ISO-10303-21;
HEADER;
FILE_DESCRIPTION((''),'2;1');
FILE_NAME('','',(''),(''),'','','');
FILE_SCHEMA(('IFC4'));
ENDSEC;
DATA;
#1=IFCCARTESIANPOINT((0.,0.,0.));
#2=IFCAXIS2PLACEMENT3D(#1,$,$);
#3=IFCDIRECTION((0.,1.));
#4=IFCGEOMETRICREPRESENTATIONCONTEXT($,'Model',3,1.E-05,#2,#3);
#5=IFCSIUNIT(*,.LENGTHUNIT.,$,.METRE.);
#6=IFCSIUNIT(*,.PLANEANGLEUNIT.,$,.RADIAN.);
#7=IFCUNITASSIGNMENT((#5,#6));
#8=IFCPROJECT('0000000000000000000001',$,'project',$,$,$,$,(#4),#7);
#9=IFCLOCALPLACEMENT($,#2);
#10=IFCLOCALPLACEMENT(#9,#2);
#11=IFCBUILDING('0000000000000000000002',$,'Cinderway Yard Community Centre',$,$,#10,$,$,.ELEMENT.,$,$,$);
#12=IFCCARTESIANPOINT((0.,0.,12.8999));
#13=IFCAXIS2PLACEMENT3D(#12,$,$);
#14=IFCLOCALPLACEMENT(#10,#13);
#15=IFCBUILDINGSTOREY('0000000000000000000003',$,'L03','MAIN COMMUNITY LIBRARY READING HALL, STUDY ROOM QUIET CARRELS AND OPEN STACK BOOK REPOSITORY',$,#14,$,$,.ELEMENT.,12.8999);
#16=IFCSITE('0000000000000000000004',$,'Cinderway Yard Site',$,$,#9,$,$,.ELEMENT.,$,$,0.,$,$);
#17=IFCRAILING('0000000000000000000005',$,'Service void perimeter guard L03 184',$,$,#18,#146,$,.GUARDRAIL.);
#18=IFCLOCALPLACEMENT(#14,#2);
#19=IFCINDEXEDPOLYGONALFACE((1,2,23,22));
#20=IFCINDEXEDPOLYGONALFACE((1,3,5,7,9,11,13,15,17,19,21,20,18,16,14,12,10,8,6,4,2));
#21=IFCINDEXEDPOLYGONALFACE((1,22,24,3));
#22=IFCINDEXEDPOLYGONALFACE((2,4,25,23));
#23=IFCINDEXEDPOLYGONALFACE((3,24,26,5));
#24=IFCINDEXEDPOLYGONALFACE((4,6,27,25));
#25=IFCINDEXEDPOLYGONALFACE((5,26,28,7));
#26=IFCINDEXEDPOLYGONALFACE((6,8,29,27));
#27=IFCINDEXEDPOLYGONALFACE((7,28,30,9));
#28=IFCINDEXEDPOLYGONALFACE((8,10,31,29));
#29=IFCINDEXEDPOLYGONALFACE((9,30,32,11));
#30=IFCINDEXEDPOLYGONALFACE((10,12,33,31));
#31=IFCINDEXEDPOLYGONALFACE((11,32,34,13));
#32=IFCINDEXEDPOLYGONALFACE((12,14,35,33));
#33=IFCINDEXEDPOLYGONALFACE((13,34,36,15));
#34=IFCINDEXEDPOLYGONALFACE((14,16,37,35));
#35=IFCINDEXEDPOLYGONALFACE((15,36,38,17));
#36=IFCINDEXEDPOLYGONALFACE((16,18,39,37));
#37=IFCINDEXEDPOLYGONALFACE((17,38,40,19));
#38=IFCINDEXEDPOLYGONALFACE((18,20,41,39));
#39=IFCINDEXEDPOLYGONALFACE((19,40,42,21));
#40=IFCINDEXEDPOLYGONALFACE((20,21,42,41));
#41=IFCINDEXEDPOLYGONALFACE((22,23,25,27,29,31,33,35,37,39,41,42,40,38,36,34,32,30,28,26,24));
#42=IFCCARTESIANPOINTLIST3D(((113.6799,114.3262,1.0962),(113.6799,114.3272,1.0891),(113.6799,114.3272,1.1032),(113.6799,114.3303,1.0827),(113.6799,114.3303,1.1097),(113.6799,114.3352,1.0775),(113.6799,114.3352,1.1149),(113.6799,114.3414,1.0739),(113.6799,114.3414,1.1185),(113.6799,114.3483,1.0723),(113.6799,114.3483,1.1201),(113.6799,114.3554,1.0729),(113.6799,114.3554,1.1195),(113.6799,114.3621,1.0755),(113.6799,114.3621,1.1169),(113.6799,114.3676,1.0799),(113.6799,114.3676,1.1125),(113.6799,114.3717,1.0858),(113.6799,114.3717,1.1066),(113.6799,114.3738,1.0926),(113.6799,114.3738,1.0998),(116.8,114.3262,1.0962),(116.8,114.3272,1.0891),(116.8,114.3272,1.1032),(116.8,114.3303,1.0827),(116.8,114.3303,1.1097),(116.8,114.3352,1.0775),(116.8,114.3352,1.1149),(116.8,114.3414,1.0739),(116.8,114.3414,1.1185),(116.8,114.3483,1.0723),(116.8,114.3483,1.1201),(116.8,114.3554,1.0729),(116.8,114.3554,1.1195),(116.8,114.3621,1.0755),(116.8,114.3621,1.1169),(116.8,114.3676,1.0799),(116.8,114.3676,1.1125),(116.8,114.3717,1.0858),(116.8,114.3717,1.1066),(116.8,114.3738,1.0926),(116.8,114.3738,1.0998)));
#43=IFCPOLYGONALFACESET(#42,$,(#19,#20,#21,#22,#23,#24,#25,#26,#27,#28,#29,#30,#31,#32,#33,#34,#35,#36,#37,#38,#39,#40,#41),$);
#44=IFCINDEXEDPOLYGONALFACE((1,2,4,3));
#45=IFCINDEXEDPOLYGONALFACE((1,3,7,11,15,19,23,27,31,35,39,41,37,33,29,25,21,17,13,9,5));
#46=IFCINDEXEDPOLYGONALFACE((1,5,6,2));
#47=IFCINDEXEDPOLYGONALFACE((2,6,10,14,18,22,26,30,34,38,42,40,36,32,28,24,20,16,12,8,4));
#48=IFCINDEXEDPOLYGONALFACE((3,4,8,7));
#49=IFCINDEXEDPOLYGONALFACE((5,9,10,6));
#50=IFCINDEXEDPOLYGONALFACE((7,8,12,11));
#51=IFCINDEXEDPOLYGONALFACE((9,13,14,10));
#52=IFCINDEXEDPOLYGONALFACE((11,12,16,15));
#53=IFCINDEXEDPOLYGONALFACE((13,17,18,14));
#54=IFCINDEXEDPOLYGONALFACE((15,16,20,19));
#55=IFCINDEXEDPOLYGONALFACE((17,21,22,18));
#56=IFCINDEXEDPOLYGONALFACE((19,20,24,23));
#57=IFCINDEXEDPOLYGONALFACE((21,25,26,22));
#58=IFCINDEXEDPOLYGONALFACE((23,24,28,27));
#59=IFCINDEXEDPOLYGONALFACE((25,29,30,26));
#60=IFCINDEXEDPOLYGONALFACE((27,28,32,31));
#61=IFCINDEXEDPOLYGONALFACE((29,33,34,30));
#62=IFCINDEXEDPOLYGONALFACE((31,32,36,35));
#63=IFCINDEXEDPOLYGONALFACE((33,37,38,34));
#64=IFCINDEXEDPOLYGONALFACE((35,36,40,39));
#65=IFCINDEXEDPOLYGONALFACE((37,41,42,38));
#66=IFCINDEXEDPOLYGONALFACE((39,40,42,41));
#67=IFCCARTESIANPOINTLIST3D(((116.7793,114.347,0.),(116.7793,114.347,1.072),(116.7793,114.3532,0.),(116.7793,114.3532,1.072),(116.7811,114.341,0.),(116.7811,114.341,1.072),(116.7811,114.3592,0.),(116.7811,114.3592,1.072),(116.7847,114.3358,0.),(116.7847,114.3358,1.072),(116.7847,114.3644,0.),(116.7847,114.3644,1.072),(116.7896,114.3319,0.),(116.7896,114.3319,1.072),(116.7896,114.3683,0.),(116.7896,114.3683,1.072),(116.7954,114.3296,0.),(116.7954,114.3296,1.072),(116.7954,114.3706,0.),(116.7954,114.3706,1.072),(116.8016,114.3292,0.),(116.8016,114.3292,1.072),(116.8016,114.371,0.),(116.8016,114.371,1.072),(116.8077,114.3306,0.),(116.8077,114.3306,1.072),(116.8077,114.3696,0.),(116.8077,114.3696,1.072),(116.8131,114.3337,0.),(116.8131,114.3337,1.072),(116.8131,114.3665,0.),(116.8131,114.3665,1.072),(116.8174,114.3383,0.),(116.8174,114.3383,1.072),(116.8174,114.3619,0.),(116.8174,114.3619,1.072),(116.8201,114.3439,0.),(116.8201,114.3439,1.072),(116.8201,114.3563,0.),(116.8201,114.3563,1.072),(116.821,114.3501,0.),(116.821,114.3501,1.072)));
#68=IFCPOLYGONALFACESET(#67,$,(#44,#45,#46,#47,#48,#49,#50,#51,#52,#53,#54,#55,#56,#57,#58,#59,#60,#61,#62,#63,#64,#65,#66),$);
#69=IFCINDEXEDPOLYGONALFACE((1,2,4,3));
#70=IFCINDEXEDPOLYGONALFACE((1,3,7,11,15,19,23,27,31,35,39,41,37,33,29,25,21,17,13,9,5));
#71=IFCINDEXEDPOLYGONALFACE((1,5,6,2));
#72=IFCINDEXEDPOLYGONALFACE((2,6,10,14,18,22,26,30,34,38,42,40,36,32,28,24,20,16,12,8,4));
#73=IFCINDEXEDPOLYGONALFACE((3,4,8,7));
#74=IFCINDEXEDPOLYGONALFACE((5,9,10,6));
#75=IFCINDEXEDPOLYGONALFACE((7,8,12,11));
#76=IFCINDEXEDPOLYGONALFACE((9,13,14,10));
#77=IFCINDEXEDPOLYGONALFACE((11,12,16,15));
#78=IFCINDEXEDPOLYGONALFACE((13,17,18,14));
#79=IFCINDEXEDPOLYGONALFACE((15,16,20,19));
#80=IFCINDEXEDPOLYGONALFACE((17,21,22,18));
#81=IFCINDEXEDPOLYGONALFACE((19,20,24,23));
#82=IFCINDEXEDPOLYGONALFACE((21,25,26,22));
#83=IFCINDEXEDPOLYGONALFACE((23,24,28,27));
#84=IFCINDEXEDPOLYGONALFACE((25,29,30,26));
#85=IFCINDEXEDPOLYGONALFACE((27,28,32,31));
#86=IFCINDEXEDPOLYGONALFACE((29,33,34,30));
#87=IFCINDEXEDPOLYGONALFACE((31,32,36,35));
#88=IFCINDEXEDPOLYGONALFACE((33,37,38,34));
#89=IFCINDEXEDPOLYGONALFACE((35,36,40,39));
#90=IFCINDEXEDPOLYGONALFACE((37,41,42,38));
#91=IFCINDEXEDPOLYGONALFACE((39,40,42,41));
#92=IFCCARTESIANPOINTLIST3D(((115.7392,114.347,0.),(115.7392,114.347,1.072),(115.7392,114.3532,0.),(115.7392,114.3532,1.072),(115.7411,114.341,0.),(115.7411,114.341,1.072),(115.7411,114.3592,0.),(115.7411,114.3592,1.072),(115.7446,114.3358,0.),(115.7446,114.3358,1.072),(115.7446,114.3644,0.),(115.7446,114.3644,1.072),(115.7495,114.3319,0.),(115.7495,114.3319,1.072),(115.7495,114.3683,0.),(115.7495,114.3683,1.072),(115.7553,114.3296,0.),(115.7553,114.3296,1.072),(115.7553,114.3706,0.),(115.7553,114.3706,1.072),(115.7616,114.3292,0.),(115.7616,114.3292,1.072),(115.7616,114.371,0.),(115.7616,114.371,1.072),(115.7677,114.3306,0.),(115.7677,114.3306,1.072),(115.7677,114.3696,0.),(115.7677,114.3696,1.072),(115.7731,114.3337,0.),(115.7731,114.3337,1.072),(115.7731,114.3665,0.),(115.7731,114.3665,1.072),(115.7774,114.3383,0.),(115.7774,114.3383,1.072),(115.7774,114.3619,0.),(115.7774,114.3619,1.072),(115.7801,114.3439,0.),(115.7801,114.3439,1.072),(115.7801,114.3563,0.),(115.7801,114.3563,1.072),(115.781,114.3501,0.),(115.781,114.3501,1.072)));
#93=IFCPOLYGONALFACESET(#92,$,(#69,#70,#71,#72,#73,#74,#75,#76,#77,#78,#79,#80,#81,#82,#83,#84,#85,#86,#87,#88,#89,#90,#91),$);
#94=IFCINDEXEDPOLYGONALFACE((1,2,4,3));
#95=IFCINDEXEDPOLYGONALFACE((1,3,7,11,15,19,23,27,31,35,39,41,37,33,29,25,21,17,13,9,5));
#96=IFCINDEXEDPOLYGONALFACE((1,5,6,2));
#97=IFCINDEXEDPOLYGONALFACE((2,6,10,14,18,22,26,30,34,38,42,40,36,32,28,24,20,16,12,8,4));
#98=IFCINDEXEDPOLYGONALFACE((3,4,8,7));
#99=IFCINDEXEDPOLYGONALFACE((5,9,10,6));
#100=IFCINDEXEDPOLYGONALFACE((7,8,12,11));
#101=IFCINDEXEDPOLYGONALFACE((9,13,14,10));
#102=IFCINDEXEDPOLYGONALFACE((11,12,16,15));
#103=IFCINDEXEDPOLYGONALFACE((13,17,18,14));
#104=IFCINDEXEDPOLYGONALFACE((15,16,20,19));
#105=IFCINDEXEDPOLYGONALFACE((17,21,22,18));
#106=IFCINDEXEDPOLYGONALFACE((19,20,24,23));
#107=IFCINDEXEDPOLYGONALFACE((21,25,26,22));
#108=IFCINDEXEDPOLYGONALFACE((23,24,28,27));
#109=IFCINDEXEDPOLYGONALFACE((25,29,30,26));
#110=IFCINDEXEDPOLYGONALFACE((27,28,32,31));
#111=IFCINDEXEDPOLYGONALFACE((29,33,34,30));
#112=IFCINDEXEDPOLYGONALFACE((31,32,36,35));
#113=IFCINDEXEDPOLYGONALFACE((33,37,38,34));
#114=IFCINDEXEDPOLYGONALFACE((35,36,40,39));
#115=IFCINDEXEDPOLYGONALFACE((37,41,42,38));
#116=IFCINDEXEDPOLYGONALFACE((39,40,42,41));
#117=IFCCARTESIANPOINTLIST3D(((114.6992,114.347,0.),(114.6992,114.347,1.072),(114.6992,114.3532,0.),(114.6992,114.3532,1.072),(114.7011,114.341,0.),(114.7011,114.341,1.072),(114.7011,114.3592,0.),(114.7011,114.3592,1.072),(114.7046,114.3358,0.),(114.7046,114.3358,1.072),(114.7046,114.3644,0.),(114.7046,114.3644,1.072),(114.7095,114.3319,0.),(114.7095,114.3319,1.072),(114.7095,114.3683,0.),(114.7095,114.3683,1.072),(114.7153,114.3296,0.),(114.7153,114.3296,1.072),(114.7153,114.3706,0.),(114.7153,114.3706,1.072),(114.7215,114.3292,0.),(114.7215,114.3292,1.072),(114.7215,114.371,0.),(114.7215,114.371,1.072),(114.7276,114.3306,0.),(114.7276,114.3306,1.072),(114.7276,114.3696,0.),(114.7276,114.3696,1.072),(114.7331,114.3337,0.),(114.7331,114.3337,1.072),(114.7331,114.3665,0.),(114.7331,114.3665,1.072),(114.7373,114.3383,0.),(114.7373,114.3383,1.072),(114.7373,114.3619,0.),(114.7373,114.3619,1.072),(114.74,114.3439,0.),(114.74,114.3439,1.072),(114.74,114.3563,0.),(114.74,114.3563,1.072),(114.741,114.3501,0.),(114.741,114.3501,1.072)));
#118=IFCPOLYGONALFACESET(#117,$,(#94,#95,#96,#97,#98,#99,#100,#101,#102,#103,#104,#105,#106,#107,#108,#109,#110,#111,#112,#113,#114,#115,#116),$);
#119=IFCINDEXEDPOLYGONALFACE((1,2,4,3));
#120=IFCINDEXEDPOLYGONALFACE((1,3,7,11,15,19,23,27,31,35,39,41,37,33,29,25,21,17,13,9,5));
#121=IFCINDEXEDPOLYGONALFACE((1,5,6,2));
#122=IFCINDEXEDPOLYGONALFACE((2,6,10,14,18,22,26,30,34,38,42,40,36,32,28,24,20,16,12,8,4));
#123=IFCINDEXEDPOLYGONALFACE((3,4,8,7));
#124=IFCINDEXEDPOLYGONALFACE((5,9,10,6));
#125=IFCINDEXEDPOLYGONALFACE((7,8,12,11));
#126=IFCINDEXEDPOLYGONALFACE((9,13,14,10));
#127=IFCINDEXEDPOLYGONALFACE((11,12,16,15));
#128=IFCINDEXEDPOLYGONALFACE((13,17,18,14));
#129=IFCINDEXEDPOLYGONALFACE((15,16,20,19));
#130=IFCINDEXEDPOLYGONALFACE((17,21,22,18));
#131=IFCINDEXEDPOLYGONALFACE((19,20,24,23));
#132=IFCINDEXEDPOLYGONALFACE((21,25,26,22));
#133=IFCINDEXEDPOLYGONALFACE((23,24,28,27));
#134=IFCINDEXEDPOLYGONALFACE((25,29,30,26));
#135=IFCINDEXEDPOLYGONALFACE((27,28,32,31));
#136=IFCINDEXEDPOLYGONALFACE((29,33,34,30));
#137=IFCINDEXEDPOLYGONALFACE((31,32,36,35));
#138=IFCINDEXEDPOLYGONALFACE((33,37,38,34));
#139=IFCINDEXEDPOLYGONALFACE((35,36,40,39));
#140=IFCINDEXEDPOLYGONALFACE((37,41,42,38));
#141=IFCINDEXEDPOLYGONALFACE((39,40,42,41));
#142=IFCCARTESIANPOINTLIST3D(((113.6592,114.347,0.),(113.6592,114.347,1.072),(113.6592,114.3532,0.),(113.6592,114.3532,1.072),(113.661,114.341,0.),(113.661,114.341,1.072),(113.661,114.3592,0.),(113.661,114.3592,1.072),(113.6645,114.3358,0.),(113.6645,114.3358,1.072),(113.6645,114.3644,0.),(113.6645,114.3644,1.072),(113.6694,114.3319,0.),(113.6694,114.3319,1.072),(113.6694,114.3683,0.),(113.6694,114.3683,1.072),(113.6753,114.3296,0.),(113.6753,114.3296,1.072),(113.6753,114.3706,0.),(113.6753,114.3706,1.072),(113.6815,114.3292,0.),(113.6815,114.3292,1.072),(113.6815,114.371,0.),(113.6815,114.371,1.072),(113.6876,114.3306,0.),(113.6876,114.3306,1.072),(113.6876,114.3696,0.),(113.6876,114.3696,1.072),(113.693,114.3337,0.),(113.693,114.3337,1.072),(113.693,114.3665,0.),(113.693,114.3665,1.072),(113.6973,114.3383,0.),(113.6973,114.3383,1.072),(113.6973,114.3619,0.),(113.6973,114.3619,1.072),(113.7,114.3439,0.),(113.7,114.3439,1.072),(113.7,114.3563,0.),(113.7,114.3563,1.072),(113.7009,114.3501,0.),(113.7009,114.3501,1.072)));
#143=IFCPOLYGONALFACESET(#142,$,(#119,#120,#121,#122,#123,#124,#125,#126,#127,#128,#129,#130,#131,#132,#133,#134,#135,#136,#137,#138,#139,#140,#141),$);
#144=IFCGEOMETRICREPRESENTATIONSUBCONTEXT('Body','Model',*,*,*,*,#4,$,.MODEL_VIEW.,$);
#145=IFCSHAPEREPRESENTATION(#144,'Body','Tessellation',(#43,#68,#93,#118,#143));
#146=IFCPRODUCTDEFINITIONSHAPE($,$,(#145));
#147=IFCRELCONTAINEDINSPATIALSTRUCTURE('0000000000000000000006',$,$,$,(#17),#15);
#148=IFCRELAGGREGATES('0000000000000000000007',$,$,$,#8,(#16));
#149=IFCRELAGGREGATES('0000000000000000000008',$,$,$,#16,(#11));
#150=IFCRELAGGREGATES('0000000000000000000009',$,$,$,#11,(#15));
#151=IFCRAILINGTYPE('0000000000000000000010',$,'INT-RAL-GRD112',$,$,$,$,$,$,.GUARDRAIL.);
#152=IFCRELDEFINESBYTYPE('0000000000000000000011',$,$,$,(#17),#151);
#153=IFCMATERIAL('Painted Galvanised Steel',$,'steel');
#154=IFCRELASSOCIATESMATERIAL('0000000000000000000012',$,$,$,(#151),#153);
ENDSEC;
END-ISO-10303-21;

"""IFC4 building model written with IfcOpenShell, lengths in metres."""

from ifc_helpers import new_model, si_unit, direction, frame, origin, origin_2d, place, context, subcontext, project, spatial, circle, extrude, material, type_object, element, save


model = new_model("IFC4")

# Units and contexts
model_context = context("Model", 3, precision=1e-05, world=origin(), true_north=direction((0.0, 1.0)))
body_context = subcontext(model_context, "Body", "Model", "MODEL_VIEW")
ifc_project = project(units=[si_unit("LENGTHUNIT", "METRE"), si_unit("PLANEANGLEUNIT", "RADIAN")], contexts=[model_context])

# Site, building, storey
site_placement = place(None, origin())
site = spatial("IfcSite", under=ifc_project, at=site_placement, Name="Cinderway Yard Site", CompositionType="ELEMENT", RefElevation=0.0)
building_placement = place(site_placement, origin())
building = spatial("IfcBuilding", under=site, at=building_placement, Name="Cinderway Yard Community Centre", CompositionType="ELEMENT")
storey_placement = place(building_placement, frame((0.0, 0.0, 12.8999)))
storey = spatial("IfcBuildingStorey", under=building, at=storey_placement, Name="L03", Description="MAIN COMMUNITY LIBRARY READING HALL, STUDY ROOM QUIET CARRELS AND OPEN STACK BOOK REPOSITORY", CompositionType="ELEMENT", Elevation=12.8999)

# Railing
ifc_material_1 = material(Name="Painted Galvanised Steel", Category="steel")
railing_type = type_object("IfcRailingType", Name="INT-RAL-GRD112", PredefinedType="GUARDRAIL", material=ifc_material_1)
railing_1_placement = place(storey_placement, frame((116.8, 114.3501, 0.0)))
element("IfcRailing", 1, at=railing_1_placement, inside=storey, type_object=railing_type, Name="Service void perimeter guard L03 184", PredefinedType="GUARDRAIL", context=body_context, shape_type="SweptSolid", body=[
    extrude(circle(Radius=0.0239, at=origin_2d()), frame((0.0, 0.0, 1.0962), z_axis=(-1.0, 0.0, 0.0), x_axis=(0.0, -1.0, 0.0)), (0.0, 0.0, 1.0), 3.1201),
    extrude(circle(Radius=0.021, at=origin_2d()), origin(), (0.0, 0.0, 1.0), 1.072),
    extrude(circle(Radius=0.021, at=origin_2d()), frame((-1.04, 0.0, 0.0)), (0.0, 0.0, 1.0), 1.072),
    extrude(circle(Radius=0.021, at=origin_2d()), frame((-2.0801, 0.0, 0.0)), (0.0, 0.0, 1.0), 1.072),
    extrude(circle(Radius=0.021, at=origin_2d()), frame((-3.1201, 0.0, 0.0)), (0.0, 0.0, 1.0), 1.072),
])

save(model, "model.ifc")
